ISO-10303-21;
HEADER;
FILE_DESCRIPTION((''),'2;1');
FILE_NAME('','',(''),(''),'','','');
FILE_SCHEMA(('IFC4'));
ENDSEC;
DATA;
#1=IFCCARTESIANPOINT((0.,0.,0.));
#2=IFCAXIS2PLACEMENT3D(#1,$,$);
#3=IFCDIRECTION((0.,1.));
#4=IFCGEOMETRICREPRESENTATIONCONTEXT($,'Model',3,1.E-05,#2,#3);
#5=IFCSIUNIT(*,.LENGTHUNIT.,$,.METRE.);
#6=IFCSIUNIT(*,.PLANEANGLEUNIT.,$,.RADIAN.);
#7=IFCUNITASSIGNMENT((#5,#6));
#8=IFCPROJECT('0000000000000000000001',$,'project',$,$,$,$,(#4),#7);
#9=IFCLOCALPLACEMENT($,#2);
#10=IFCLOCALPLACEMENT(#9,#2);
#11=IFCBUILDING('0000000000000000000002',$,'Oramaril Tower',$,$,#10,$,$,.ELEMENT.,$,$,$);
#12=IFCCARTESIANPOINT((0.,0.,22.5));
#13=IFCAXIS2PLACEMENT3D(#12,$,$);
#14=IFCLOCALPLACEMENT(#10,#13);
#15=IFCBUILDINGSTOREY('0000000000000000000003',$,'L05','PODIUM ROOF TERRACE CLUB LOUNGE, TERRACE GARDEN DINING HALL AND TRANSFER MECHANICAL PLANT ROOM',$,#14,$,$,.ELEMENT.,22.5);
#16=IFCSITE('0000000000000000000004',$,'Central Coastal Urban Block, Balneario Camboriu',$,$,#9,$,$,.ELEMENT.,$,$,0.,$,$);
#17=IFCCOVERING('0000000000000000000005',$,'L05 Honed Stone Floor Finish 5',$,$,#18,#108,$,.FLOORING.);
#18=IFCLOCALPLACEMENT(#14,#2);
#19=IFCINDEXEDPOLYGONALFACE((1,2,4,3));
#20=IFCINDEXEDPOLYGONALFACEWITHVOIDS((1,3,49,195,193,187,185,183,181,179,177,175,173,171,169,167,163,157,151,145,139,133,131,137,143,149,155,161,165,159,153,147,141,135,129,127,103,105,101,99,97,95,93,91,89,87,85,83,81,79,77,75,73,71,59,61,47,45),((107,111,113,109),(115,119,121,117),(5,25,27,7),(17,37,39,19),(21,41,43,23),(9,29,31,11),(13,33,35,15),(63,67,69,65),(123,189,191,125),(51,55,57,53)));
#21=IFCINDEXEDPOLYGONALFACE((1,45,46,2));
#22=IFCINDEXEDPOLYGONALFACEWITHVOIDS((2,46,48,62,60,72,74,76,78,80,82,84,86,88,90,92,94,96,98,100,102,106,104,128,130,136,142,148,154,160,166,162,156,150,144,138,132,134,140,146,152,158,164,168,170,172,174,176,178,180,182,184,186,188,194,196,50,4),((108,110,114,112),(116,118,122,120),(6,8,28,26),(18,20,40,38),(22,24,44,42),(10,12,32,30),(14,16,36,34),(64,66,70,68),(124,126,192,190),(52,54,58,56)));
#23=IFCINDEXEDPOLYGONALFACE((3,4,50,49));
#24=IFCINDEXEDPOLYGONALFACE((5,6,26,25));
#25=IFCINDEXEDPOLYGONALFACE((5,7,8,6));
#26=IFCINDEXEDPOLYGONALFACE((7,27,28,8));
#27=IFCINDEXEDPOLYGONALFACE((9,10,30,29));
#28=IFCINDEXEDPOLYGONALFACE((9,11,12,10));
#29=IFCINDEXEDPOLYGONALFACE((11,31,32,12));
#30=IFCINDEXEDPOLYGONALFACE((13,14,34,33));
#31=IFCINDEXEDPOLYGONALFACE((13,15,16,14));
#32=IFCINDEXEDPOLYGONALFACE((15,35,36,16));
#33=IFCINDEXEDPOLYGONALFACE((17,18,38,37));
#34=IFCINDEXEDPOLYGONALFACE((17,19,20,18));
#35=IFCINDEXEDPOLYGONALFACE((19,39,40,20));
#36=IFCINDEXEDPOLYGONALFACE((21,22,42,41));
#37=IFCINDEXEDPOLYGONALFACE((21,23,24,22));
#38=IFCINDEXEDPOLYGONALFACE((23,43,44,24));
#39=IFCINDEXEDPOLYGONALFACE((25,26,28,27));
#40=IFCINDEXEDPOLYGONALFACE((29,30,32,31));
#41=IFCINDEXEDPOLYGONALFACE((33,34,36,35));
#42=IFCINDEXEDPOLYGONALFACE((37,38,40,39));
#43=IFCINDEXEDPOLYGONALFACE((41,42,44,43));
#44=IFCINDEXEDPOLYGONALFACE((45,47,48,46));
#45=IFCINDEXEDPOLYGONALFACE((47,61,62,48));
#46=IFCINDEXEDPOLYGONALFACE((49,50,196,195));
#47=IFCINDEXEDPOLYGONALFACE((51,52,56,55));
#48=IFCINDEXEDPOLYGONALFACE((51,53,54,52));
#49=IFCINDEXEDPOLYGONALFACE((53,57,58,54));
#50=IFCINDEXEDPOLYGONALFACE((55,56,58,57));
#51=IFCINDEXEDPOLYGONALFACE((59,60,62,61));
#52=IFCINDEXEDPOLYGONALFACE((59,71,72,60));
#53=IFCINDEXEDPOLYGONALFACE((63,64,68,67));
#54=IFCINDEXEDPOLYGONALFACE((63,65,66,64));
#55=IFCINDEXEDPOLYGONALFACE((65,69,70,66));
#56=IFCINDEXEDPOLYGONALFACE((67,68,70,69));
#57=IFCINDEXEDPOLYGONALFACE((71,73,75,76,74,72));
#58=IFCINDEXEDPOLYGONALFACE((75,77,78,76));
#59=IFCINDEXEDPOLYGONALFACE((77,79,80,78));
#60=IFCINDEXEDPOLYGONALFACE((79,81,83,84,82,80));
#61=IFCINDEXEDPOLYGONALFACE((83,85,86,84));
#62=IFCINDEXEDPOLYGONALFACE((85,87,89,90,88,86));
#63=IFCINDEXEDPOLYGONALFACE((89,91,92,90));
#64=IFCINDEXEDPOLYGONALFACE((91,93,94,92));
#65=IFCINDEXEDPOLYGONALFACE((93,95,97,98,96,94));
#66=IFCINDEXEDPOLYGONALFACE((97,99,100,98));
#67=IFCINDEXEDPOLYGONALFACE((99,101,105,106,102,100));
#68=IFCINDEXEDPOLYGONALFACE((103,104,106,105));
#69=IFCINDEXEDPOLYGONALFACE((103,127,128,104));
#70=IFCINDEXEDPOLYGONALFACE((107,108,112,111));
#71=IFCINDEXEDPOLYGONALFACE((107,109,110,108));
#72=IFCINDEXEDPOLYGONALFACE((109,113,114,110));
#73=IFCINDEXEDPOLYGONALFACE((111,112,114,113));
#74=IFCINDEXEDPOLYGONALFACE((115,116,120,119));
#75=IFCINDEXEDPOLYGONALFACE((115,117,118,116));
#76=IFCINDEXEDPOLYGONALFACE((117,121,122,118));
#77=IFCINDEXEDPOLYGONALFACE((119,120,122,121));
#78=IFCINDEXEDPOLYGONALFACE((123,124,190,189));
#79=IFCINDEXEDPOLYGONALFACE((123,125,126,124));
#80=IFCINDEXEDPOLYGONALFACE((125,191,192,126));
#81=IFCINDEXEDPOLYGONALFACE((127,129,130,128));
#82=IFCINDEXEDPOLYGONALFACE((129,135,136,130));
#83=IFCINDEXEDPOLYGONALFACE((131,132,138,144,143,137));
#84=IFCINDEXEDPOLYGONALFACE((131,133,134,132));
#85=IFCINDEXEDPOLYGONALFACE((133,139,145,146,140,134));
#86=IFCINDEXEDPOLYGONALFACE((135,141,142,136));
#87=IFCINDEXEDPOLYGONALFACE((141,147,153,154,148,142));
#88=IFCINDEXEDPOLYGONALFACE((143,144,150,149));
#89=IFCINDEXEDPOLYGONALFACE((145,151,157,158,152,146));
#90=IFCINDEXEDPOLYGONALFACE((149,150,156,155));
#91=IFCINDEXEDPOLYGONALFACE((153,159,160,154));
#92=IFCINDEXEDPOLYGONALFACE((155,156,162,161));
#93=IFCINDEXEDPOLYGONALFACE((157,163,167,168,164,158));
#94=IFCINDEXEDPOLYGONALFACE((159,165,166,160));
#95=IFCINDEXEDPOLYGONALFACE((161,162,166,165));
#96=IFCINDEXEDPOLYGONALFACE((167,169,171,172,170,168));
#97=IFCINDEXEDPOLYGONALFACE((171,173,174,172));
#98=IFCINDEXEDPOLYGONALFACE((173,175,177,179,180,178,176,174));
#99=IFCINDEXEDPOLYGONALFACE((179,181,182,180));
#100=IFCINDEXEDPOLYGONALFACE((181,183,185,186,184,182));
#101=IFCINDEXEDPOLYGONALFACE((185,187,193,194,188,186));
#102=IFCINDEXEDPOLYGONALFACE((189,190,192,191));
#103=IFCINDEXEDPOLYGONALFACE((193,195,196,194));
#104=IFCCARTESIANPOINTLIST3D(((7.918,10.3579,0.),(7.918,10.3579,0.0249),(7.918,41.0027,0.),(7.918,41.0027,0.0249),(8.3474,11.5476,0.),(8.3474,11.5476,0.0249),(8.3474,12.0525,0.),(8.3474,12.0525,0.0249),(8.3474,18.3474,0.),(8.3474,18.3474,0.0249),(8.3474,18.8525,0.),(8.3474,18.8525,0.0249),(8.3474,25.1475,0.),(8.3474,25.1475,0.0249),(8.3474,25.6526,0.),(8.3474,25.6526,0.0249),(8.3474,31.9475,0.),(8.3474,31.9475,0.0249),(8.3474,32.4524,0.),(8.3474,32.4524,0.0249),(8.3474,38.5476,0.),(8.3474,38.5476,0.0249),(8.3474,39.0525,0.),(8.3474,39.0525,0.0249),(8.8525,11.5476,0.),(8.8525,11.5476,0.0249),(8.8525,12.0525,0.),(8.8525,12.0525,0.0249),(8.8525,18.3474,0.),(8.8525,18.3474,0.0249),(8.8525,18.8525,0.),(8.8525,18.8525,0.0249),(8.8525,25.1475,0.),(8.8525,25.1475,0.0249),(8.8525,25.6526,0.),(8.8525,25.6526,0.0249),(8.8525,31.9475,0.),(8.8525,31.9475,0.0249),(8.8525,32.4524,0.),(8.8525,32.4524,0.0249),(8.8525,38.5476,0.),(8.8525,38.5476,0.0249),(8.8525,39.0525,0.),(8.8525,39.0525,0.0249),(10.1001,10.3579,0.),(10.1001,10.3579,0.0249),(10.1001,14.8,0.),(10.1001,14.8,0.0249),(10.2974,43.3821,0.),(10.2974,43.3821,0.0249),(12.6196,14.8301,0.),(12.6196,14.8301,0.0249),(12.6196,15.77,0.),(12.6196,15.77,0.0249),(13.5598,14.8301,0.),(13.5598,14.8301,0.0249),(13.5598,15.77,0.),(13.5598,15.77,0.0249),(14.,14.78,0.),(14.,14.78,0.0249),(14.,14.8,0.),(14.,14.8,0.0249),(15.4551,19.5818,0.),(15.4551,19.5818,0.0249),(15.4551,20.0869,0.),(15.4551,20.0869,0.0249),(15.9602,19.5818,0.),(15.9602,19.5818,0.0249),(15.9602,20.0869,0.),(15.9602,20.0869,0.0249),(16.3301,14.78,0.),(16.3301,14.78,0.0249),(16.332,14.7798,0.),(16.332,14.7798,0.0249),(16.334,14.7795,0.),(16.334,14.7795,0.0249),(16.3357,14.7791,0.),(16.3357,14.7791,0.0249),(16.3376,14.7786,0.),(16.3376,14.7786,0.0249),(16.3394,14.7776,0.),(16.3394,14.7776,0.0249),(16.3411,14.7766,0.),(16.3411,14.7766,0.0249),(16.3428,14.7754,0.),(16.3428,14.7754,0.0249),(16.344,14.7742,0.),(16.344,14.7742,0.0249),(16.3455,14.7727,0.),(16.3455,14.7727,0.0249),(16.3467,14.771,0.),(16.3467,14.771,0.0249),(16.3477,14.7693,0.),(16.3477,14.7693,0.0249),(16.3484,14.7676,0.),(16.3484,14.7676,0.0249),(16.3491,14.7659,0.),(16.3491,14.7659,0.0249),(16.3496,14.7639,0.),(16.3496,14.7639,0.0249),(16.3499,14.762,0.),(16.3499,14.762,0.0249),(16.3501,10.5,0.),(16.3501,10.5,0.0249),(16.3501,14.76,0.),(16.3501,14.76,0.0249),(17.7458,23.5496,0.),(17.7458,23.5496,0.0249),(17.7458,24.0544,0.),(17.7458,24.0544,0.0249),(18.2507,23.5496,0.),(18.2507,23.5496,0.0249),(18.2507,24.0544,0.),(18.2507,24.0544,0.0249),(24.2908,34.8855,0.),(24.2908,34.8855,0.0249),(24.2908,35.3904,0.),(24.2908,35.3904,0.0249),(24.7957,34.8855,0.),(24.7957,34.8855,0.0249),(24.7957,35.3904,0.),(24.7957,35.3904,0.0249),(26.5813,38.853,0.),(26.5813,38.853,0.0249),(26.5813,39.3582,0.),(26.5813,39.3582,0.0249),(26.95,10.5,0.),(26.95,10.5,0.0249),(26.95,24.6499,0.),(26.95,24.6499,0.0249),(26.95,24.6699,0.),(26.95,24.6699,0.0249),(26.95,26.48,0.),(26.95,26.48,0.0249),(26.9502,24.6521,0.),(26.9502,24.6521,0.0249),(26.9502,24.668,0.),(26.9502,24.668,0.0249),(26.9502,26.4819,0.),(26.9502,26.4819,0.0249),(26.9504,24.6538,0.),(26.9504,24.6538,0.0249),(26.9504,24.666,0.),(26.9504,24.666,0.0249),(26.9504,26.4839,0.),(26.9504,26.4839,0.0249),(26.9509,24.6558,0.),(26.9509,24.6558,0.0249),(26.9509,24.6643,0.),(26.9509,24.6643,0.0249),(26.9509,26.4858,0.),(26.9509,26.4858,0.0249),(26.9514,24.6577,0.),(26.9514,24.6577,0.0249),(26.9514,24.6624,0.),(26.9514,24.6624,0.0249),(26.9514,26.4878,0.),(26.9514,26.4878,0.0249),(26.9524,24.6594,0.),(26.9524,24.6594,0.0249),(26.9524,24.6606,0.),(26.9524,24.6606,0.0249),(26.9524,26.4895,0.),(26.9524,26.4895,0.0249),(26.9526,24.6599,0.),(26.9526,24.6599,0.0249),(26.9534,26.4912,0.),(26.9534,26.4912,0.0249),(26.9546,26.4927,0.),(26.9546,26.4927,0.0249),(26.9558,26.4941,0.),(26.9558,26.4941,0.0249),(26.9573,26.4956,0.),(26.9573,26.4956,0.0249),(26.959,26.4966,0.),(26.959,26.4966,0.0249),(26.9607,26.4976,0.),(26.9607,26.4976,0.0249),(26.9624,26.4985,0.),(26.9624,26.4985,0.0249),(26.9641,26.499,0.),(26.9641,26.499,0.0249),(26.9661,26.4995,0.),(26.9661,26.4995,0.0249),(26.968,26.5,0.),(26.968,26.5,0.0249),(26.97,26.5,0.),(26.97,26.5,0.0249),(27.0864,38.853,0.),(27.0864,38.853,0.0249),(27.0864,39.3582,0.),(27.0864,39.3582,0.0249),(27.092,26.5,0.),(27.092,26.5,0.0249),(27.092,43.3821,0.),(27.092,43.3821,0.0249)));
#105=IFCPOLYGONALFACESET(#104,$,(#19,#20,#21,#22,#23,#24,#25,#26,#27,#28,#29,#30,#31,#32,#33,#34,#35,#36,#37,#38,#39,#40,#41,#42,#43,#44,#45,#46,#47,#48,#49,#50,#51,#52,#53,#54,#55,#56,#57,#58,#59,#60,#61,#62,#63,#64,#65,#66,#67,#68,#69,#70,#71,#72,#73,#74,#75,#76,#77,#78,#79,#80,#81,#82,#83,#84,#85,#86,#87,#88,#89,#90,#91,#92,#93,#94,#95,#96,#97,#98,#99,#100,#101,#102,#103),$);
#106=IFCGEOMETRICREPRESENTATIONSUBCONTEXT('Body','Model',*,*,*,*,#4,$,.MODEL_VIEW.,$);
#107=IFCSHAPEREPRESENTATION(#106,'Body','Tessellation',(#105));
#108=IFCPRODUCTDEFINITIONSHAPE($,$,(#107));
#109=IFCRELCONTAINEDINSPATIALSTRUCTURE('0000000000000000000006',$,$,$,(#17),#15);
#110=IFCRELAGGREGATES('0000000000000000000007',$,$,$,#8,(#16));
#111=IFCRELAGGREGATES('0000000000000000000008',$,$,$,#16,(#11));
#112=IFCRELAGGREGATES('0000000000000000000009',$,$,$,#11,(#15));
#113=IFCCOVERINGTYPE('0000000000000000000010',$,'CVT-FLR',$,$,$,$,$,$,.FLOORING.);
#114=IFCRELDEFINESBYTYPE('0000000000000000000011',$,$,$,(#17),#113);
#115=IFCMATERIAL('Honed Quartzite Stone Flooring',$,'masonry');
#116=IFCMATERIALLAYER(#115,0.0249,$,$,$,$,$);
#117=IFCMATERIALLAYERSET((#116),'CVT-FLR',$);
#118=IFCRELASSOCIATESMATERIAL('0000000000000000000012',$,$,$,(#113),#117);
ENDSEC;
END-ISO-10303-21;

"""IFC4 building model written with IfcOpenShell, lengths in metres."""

from ifc_helpers import new_model, si_unit, direction, frame, origin, place, context, subcontext, project, spatial, polyline, outline, extrude, material, layer, layer_set, type_object, element, save


model = new_model("IFC4")

# Units and contexts
model_context = context("Model", 3, precision=1e-05, world=origin(), true_north=direction((0.0, 1.0)))
body_context = subcontext(model_context, "Body", "Model", "MODEL_VIEW")
ifc_project = project(units=[si_unit("LENGTHUNIT", "METRE"), si_unit("PLANEANGLEUNIT", "RADIAN")], contexts=[model_context])

# Site, building, storey
site_placement = place(None, origin())
site = spatial("IfcSite", under=ifc_project, at=site_placement, Name="Central Coastal Urban Block, Balneario Camboriu", CompositionType="ELEMENT", RefElevation=0.0)
building_placement = place(site_placement, origin())
building = spatial("IfcBuilding", under=site, at=building_placement, Name="Oramaril Tower", CompositionType="ELEMENT")
storey_placement = place(building_placement, frame((0.0, 0.0, 22.5)))
storey = spatial("IfcBuildingStorey", under=building, at=storey_placement, Name="L05", Description="PODIUM ROOF TERRACE CLUB LOUNGE, TERRACE GARDEN DINING HALL AND TRANSFER MECHANICAL PLANT ROOM", CompositionType="ELEMENT", Elevation=22.5)

# Covering
ifc_material_1 = material(Name="Honed Quartzite Stone Flooring", Category="masonry")
ifc_layer_1 = layer(ifc_material_1, 0.0249)
ifc_layer_set_1 = layer_set([ifc_layer_1], Name="CVT-FLR")
covering_type_1 = type_object("IfcCoveringType", Name="CVT-FLR", PredefinedType="FLOORING", material=ifc_layer_set_1)
covering_1_placement = place(storey_placement, origin())
element("IfcCovering", 1, at=covering_1_placement, inside=storey, type_object=covering_type_1, Name="L05 Honed Stone Floor Finish 5", PredefinedType="FLOORING", context=body_context, shape_type="SweptSolid", body=[
    extrude(outline(polyline([(27.092, 43.3821), (27.092, 26.5), (26.97, 26.5), (26.968, 26.5), (26.9661, 26.4995), (26.9641, 26.499), (26.9624, 26.4985), (26.9607, 26.4976), (26.959, 26.4966), (26.9573, 26.4956), (26.9558, 26.4941), (26.9546, 26.4927), (26.9534, 26.4912), (26.9524, 26.4895), (26.9514, 26.4878), (26.9509, 26.4858), (26.9504, 26.4839), (26.9502, 26.4819), (26.95, 26.48), (26.95, 24.6699), (26.9502, 24.668), (26.9504, 24.666), (26.9509, 24.6643), (26.9514, 24.6624), (26.9524, 24.6606), (26.9526, 24.6599), (26.9524, 24.6594), (26.9514, 24.6577), (26.9509, 24.6558), (26.9504, 24.6538), (26.9502, 24.6521), (26.95, 24.6499), (26.95, 10.5), (16.3501, 10.5), (16.3501, 14.76), (16.3499, 14.762), (16.3496, 14.7639), (16.3491, 14.7659), (16.3484, 14.7676), (16.3477, 14.7693), (16.3467, 14.771), (16.3455, 14.7727), (16.344, 14.7742), (16.3428, 14.7754), (16.3411, 14.7766), (16.3394, 14.7776), (16.3376, 14.7786), (16.3357, 14.7791), (16.334, 14.7795), (16.332, 14.7798), (16.3301, 14.78), (14.0, 14.78), (14.0, 14.8), (10.1001, 14.8), (10.1001, 10.3579), (7.918, 10.3579), (7.918, 41.0027), (10.2974, 43.3821), (27.092, 43.3821)]), holes=[polyline([(8.8525, 12.0525), (8.3474, 12.0525), (8.3474, 11.5476), (8.8525, 11.5476), (8.8525, 12.0525)]), polyline([(13.5598, 14.8301), (13.5598, 15.77), (12.6196, 15.77), (12.6196, 14.8301), (13.5598, 14.8301)]), polyline([(8.8525, 18.8525), (8.3474, 18.8525), (8.3474, 18.3474), (8.8525, 18.3474), (8.8525, 18.8525)]), polyline([(15.9602, 20.0869), (15.4551, 20.0869), (15.4551, 19.5818), (15.9602, 19.5818), (15.9602, 20.0869)]), polyline([(18.2507, 24.0544), (17.7458, 24.0544), (17.7458, 23.5496), (18.2507, 23.5496), (18.2507, 24.0544)]), polyline([(8.8525, 25.1475), (8.8525, 25.6526), (8.3474, 25.6526), (8.3474, 25.1475), (8.8525, 25.1475)]), polyline([(8.8525, 32.4524), (8.3474, 32.4524), (8.3474, 31.9475), (8.8525, 31.9475), (8.8525, 32.4524)]), polyline([(24.7957, 35.3904), (24.2908, 35.3904), (24.2908, 34.8855), (24.7957, 34.8855), (24.7957, 35.3904)]), polyline([(8.8525, 39.0525), (8.3474, 39.0525), (8.3474, 38.5476), (8.8525, 38.5476), (8.8525, 39.0525)]), polyline([(27.0864, 38.853), (27.0864, 39.3582), (26.5813, 39.3582), (26.5813, 38.853), (27.0864, 38.853)])]), origin(), (0.0, 0.0, 1.0), 0.0249),
])

save(model, "model.ifc")
